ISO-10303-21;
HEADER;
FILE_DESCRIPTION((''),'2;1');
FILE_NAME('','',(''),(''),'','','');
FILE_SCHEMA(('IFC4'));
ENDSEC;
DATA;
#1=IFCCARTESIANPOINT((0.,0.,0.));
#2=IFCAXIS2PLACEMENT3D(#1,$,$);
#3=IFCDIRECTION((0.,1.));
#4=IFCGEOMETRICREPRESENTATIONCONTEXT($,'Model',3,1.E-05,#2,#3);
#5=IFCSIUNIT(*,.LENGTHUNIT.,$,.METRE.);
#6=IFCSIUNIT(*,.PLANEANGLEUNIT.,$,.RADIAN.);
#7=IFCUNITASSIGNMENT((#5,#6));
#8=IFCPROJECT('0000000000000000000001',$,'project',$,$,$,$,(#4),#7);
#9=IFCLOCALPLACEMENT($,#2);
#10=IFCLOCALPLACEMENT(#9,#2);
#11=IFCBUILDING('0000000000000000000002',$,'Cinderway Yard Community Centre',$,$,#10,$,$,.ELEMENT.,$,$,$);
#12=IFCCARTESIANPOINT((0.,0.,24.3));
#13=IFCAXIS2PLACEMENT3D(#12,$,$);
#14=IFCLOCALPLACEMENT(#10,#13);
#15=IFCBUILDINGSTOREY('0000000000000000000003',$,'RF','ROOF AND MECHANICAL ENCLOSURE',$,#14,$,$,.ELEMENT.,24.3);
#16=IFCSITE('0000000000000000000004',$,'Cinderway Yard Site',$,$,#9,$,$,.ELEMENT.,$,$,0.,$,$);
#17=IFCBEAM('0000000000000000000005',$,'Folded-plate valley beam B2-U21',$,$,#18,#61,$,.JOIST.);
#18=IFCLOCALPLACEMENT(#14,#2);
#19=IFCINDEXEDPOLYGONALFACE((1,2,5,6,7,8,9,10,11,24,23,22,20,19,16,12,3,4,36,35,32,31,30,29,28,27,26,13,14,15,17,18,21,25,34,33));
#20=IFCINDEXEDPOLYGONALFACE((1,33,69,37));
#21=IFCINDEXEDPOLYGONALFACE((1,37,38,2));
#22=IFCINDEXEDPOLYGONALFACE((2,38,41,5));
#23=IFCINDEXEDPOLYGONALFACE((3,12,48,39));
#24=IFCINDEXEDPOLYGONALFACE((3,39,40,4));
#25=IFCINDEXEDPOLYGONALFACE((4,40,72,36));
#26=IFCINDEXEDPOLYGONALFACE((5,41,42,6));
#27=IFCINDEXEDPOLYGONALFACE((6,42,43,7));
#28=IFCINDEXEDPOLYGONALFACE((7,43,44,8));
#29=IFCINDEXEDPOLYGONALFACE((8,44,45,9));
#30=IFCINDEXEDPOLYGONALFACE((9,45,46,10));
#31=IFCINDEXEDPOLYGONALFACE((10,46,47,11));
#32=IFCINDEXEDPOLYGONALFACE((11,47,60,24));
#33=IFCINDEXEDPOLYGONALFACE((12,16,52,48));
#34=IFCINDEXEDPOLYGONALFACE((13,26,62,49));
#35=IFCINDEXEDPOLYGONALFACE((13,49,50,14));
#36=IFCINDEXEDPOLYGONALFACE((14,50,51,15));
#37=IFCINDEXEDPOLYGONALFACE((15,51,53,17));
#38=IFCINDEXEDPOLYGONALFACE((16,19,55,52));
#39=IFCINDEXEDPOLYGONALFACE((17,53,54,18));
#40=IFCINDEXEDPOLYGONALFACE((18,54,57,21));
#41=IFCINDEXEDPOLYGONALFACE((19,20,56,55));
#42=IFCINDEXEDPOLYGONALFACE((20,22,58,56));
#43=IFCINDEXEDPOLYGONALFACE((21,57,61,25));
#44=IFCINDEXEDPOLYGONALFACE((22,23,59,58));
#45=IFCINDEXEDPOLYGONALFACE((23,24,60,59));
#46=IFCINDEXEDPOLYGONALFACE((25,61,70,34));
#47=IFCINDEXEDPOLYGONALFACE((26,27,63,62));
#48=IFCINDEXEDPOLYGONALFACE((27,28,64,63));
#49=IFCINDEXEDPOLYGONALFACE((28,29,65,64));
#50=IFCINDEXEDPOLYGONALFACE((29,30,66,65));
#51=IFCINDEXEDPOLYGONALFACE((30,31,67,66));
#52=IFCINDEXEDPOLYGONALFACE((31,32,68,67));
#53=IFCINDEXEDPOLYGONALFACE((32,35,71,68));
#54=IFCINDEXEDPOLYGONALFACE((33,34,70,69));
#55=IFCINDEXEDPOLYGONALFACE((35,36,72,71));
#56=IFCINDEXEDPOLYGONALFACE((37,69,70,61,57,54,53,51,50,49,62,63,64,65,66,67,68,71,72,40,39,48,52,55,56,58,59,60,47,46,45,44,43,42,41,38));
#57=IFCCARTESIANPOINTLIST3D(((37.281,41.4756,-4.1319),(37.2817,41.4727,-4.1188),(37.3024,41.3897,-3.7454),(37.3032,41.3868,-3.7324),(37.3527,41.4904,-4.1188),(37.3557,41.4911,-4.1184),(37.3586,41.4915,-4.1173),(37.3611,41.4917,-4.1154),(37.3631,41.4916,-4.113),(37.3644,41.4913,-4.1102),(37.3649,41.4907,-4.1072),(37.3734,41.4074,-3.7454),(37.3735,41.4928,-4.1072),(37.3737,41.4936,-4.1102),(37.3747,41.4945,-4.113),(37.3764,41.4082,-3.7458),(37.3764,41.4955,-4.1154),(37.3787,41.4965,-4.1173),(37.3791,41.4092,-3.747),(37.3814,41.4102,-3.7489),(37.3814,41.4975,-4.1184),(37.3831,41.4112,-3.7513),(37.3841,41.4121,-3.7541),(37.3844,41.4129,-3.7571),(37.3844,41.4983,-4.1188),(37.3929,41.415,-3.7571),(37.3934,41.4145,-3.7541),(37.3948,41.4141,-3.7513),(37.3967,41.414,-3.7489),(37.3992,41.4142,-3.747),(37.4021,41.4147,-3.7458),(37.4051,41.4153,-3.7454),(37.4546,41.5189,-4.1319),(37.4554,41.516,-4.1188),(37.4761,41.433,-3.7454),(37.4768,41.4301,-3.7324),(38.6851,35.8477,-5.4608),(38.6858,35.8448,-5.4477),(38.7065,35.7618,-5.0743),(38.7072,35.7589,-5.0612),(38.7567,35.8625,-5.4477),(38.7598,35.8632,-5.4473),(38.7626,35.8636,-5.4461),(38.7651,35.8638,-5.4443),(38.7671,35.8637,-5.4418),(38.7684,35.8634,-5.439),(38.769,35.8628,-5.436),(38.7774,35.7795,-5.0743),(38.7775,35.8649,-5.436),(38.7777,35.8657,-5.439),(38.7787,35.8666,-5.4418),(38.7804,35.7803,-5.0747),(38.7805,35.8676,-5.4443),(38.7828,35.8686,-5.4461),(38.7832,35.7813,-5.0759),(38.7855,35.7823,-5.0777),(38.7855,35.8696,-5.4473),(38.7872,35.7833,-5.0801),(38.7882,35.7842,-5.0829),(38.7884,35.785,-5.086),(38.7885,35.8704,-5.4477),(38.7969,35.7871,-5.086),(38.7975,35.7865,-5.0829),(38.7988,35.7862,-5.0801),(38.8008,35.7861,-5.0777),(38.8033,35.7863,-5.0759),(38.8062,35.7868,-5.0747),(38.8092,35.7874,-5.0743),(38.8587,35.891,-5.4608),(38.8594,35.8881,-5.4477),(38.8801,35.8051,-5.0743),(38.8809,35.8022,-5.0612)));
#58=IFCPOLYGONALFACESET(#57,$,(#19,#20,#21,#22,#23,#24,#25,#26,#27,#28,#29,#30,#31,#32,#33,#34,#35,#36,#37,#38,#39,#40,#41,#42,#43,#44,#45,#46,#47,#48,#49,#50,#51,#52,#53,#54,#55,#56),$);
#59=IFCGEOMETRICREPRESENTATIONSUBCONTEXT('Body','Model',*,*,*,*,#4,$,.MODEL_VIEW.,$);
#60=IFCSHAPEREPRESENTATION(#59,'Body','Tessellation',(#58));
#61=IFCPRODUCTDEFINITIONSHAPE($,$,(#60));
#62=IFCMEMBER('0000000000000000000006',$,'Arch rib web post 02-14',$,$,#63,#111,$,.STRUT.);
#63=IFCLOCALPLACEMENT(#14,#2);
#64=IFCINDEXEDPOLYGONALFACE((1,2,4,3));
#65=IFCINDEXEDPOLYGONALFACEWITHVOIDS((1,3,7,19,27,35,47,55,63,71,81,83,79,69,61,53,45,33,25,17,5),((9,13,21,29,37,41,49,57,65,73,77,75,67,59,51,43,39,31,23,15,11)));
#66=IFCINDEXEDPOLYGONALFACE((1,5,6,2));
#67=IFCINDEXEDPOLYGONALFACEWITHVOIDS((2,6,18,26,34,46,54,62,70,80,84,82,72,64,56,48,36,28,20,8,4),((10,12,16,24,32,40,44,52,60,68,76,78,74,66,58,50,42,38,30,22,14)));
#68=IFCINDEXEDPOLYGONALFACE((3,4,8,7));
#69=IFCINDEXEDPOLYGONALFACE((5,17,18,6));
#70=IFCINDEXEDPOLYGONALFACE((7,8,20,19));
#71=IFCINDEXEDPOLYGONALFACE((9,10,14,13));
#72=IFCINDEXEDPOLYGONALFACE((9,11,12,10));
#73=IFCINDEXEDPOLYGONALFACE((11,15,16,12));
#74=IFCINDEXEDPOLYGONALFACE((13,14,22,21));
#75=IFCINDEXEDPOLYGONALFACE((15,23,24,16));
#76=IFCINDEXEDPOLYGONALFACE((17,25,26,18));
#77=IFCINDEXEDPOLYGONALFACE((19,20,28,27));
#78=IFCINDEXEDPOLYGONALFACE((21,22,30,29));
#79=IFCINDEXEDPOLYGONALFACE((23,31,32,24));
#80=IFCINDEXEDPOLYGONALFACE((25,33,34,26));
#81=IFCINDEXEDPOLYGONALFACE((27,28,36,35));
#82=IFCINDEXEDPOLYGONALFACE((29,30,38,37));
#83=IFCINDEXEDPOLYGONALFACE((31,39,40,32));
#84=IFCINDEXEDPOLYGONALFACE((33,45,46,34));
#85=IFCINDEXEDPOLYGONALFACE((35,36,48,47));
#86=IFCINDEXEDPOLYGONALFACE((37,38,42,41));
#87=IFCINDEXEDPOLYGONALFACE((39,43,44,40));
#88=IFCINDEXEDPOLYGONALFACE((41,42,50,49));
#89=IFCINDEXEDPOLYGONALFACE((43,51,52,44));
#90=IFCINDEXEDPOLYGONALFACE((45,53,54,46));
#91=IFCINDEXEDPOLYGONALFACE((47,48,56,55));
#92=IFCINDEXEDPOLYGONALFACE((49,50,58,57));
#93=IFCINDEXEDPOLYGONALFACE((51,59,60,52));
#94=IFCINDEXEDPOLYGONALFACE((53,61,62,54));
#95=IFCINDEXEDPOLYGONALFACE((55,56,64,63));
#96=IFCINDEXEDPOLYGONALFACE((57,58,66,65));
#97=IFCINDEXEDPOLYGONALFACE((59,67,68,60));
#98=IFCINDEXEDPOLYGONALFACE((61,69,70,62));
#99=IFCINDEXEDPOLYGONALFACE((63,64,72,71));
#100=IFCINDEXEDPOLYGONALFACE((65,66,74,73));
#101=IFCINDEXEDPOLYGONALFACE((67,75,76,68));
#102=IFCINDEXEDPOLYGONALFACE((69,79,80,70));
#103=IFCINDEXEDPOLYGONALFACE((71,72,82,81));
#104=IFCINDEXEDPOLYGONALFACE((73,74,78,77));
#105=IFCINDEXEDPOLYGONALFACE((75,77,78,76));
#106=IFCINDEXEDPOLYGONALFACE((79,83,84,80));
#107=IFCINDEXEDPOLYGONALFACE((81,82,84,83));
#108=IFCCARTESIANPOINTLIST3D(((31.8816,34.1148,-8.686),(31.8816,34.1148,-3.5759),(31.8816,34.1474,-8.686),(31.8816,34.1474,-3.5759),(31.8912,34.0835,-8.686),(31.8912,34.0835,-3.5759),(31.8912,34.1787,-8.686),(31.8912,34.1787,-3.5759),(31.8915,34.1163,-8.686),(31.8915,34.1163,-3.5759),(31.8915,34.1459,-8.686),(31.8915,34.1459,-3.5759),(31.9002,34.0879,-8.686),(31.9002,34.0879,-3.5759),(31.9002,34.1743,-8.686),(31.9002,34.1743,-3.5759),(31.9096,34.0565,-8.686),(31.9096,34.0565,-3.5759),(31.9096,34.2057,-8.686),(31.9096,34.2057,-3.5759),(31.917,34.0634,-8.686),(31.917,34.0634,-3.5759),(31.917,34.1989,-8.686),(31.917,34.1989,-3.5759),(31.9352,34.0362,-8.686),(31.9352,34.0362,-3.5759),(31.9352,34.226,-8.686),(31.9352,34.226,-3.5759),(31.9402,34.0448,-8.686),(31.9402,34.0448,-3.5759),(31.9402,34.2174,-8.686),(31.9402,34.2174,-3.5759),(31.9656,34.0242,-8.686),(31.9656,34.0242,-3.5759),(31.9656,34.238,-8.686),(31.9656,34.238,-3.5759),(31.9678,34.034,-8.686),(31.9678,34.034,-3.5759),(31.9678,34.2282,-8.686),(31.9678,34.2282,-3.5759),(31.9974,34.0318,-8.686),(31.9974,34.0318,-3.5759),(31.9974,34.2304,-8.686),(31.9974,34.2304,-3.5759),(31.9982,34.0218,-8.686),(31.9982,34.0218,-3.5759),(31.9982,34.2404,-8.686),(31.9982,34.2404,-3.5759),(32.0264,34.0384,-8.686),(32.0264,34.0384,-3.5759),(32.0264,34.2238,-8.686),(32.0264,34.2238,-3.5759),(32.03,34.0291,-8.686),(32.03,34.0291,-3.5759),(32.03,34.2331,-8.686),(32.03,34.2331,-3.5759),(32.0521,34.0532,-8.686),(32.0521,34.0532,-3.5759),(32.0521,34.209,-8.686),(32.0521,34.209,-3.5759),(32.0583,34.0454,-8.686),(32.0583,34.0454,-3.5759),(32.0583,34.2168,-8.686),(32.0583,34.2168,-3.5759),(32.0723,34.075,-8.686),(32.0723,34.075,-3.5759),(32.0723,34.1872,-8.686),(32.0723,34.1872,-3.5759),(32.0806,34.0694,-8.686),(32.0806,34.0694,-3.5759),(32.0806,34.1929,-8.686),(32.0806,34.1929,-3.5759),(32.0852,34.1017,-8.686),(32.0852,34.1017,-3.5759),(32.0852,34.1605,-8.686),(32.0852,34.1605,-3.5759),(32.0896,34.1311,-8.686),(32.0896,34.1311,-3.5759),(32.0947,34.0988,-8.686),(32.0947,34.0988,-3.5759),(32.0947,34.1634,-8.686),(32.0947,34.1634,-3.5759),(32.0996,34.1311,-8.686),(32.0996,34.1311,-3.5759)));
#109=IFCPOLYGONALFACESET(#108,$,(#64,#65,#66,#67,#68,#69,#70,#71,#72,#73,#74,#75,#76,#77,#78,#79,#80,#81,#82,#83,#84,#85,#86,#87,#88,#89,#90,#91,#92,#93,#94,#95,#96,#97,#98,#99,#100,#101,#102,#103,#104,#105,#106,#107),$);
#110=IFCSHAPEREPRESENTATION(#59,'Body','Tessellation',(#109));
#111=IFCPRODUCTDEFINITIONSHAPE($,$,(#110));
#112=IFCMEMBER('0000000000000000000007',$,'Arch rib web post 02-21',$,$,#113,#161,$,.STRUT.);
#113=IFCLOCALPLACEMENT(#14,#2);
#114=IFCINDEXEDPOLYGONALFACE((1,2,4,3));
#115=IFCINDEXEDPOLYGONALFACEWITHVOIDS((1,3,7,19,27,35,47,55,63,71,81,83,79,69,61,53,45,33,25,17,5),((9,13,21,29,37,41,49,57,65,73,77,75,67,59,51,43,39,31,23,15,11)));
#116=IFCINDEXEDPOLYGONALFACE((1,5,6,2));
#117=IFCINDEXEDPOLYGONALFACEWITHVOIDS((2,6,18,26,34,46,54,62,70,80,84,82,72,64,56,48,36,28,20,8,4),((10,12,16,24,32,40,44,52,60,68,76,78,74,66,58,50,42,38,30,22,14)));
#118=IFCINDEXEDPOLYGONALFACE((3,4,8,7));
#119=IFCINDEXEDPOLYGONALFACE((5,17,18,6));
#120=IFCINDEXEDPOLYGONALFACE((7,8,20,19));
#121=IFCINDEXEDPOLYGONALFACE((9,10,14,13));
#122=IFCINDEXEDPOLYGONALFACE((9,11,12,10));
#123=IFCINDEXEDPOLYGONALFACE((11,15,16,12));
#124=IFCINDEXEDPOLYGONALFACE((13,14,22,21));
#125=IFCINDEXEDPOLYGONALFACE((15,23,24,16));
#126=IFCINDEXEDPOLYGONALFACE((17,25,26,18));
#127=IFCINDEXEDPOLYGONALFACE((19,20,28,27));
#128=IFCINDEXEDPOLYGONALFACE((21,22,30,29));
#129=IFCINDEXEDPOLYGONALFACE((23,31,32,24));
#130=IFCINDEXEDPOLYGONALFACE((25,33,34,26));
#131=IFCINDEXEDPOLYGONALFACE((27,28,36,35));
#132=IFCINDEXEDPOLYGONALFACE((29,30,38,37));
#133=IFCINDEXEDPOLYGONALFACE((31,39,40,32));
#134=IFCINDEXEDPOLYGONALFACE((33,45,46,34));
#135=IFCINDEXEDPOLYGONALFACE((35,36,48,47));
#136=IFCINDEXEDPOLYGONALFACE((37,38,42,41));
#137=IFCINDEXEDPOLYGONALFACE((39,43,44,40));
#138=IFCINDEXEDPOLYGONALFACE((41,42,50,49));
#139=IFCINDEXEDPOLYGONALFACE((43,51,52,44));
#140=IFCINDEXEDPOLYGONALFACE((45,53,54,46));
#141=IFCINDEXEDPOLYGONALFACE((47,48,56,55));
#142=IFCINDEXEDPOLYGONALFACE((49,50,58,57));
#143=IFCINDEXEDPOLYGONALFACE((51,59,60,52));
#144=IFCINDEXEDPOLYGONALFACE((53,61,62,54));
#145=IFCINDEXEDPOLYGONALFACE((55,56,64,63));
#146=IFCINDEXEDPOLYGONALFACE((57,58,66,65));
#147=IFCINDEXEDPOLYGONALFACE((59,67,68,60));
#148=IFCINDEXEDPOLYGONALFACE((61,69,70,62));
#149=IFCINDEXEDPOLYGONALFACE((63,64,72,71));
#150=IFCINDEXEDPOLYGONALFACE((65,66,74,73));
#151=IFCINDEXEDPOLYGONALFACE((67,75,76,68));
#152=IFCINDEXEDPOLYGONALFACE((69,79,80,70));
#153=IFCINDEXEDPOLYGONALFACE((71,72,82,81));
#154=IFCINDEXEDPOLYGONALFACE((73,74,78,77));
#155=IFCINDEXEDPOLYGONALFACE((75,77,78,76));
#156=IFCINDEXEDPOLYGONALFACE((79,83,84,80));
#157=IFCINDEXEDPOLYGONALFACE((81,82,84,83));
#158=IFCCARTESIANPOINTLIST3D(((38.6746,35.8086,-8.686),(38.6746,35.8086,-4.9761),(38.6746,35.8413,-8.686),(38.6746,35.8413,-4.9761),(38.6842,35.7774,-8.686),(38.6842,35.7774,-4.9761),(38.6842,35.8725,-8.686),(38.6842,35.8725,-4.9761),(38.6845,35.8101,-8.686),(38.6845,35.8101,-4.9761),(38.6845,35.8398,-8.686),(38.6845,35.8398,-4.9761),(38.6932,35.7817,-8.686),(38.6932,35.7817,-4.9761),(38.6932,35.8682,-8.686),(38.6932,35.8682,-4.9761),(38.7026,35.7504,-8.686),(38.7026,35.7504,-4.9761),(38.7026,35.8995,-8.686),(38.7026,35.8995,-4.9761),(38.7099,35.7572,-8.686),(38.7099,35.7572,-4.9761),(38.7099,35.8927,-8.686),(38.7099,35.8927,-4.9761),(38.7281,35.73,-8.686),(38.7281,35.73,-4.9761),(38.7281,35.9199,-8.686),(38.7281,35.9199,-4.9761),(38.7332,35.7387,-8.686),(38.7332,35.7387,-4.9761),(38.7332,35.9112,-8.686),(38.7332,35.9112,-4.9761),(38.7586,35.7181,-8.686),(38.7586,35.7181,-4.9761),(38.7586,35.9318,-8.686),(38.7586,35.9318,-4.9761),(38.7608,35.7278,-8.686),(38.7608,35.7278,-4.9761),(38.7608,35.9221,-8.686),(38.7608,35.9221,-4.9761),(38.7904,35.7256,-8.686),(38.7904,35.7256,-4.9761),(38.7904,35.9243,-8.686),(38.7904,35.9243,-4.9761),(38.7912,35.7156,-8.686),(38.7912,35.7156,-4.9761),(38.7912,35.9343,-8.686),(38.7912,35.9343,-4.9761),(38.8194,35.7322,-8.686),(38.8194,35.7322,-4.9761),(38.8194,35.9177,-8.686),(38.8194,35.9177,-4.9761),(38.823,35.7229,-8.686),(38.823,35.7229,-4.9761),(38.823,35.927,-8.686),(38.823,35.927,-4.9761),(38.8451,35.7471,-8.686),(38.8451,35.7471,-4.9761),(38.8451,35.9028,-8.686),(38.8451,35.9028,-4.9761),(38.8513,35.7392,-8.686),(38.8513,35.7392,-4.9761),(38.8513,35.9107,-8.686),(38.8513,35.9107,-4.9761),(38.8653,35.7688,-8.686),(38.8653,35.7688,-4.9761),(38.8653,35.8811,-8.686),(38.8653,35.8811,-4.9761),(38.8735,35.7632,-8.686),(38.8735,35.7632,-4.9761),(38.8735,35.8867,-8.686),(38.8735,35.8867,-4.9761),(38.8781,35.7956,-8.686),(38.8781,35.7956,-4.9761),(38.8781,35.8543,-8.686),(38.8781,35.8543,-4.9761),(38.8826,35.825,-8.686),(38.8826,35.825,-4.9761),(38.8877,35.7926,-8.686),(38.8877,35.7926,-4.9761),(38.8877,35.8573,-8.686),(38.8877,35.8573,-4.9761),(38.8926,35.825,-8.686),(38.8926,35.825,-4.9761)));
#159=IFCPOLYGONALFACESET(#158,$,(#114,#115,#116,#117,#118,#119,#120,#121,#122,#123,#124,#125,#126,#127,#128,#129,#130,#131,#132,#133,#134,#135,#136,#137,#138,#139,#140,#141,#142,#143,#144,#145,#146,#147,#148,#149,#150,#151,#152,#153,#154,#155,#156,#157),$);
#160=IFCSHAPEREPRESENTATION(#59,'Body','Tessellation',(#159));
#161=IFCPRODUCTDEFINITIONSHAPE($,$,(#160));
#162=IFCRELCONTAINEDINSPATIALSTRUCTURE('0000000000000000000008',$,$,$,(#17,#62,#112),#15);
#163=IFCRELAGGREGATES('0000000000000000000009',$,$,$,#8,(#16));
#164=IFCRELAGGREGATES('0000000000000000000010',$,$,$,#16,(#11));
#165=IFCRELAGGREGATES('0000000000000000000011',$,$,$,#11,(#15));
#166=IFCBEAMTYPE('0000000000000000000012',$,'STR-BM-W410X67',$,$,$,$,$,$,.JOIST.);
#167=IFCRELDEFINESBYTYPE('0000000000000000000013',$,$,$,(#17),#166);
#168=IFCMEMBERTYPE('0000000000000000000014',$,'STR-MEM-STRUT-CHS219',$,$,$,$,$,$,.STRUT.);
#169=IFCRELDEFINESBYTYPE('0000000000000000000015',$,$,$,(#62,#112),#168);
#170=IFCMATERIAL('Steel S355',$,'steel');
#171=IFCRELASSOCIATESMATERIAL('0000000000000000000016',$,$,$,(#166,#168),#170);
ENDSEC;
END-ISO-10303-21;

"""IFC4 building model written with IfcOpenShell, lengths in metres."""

from ifc_helpers import new_model, si_unit, direction, frame, origin, origin_2d, place, context, subcontext, project, spatial, hollow_circle, i_section, extrude, material, material_profile, profile_set, type_object, element, save


model = new_model("IFC4")

# Units and contexts
model_context = context("Model", 3, precision=1e-05, world=origin(), true_north=direction((0.0, 1.0)))
body_context = subcontext(model_context, "Body", "Model", "MODEL_VIEW")
ifc_project = project(units=[si_unit("LENGTHUNIT", "METRE"), si_unit("PLANEANGLEUNIT", "RADIAN")], contexts=[model_context])

# Site, building, storey
site_placement = place(None, origin())
site = spatial("IfcSite", under=ifc_project, at=site_placement, Name="Cinderway Yard Site", CompositionType="ELEMENT", RefElevation=0.0)
building_placement = place(site_placement, origin())
building = spatial("IfcBuilding", under=site, at=building_placement, Name="Cinderway Yard Community Centre", CompositionType="ELEMENT")
storey_placement = place(building_placement, frame((0.0, 0.0, 24.3)))
storey = spatial("IfcBuildingStorey", under=building, at=storey_placement, Name="RF", Description="ROOF AND MECHANICAL ENCLOSURE", CompositionType="ELEMENT", Elevation=24.3)

# Beam
ifc_material_1 = material(Name="Steel S355", Category="steel")
ifc_material_profile_1 = material_profile(ifc_material_1, i_section(OverallWidth=0.179, OverallDepth=0.4099, WebThickness=0.0088, FlangeThickness=0.0134, FilletRadius=0.012, at=origin_2d()), Name="Steel S355")
ifc_profile_set_1 = profile_set([ifc_material_profile_1], Name="Steel S355")
beam_type_1 = type_object("IfcBeamType", Name="STR-BM-W410X67", PredefinedType="JOIST", material=ifc_profile_set_1)
beam_1_placement = place(storey_placement, frame((38.783, 35.825, -5.261), z_axis=(-0.235948, 0.945759, 0.223311), x_axis=(-0.970261, -0.24206, 0.0)))
element("IfcBeam", 1, at=beam_1_placement, inside=storey, type_object=beam_type_1, Name="Folded-plate valley beam B2-U21", PredefinedType="JOIST", context=body_context, shape_type="SweptSolid", body=[
    extrude(i_section(OverallWidth=0.179, OverallDepth=0.4099, WebThickness=0.0088, FlangeThickness=0.0134, FilletRadius=0.012, at=origin_2d()), origin(), (0.0, 0.0, 1.0), 5.9507),
])

# Members
ifc_material_profile_2 = material_profile(ifc_material_1, hollow_circle(Radius=0.1096, WallThickness=0.01, at=origin_2d()), Name="Steel S355")
ifc_profile_set_2 = profile_set([ifc_material_profile_2], Name="Steel S355")
member_type = type_object("IfcMemberType", Name="STR-MEM-STRUT-CHS219", PredefinedType="STRUT", material=ifc_profile_set_2)
member_1_placement = place(storey_placement, frame((31.99, 34.1311, -8.686), z_axis=(0.0, 0.0, 1.0), x_axis=(1.0, 0.0, 0.0)))
element("IfcMember", 2, at=member_1_placement, inside=storey, type_object=member_type, Name="Arch rib web post 02-14", PredefinedType="STRUT", context=body_context, shape_type="SweptSolid", body=[
    extrude(hollow_circle(Radius=0.1096, WallThickness=0.01, at=origin_2d()), origin(), (0.0, 0.0, 1.0), 5.1101),
])
member_2_placement = place(storey_placement, frame((38.783, 35.825, -8.686), z_axis=(0.0, 0.0, 1.0), x_axis=(1.0, 0.0, 0.0)))
element("IfcMember", 3, at=member_2_placement, inside=storey, type_object=member_type, Name="Arch rib web post 02-21", PredefinedType="STRUT", context=body_context, shape_type="SweptSolid", body=[
    extrude(hollow_circle(Radius=0.1096, WallThickness=0.01, at=origin_2d()), origin(), (0.0, 0.0, 1.0), 3.71),
])

save(model, "model.ifc")
